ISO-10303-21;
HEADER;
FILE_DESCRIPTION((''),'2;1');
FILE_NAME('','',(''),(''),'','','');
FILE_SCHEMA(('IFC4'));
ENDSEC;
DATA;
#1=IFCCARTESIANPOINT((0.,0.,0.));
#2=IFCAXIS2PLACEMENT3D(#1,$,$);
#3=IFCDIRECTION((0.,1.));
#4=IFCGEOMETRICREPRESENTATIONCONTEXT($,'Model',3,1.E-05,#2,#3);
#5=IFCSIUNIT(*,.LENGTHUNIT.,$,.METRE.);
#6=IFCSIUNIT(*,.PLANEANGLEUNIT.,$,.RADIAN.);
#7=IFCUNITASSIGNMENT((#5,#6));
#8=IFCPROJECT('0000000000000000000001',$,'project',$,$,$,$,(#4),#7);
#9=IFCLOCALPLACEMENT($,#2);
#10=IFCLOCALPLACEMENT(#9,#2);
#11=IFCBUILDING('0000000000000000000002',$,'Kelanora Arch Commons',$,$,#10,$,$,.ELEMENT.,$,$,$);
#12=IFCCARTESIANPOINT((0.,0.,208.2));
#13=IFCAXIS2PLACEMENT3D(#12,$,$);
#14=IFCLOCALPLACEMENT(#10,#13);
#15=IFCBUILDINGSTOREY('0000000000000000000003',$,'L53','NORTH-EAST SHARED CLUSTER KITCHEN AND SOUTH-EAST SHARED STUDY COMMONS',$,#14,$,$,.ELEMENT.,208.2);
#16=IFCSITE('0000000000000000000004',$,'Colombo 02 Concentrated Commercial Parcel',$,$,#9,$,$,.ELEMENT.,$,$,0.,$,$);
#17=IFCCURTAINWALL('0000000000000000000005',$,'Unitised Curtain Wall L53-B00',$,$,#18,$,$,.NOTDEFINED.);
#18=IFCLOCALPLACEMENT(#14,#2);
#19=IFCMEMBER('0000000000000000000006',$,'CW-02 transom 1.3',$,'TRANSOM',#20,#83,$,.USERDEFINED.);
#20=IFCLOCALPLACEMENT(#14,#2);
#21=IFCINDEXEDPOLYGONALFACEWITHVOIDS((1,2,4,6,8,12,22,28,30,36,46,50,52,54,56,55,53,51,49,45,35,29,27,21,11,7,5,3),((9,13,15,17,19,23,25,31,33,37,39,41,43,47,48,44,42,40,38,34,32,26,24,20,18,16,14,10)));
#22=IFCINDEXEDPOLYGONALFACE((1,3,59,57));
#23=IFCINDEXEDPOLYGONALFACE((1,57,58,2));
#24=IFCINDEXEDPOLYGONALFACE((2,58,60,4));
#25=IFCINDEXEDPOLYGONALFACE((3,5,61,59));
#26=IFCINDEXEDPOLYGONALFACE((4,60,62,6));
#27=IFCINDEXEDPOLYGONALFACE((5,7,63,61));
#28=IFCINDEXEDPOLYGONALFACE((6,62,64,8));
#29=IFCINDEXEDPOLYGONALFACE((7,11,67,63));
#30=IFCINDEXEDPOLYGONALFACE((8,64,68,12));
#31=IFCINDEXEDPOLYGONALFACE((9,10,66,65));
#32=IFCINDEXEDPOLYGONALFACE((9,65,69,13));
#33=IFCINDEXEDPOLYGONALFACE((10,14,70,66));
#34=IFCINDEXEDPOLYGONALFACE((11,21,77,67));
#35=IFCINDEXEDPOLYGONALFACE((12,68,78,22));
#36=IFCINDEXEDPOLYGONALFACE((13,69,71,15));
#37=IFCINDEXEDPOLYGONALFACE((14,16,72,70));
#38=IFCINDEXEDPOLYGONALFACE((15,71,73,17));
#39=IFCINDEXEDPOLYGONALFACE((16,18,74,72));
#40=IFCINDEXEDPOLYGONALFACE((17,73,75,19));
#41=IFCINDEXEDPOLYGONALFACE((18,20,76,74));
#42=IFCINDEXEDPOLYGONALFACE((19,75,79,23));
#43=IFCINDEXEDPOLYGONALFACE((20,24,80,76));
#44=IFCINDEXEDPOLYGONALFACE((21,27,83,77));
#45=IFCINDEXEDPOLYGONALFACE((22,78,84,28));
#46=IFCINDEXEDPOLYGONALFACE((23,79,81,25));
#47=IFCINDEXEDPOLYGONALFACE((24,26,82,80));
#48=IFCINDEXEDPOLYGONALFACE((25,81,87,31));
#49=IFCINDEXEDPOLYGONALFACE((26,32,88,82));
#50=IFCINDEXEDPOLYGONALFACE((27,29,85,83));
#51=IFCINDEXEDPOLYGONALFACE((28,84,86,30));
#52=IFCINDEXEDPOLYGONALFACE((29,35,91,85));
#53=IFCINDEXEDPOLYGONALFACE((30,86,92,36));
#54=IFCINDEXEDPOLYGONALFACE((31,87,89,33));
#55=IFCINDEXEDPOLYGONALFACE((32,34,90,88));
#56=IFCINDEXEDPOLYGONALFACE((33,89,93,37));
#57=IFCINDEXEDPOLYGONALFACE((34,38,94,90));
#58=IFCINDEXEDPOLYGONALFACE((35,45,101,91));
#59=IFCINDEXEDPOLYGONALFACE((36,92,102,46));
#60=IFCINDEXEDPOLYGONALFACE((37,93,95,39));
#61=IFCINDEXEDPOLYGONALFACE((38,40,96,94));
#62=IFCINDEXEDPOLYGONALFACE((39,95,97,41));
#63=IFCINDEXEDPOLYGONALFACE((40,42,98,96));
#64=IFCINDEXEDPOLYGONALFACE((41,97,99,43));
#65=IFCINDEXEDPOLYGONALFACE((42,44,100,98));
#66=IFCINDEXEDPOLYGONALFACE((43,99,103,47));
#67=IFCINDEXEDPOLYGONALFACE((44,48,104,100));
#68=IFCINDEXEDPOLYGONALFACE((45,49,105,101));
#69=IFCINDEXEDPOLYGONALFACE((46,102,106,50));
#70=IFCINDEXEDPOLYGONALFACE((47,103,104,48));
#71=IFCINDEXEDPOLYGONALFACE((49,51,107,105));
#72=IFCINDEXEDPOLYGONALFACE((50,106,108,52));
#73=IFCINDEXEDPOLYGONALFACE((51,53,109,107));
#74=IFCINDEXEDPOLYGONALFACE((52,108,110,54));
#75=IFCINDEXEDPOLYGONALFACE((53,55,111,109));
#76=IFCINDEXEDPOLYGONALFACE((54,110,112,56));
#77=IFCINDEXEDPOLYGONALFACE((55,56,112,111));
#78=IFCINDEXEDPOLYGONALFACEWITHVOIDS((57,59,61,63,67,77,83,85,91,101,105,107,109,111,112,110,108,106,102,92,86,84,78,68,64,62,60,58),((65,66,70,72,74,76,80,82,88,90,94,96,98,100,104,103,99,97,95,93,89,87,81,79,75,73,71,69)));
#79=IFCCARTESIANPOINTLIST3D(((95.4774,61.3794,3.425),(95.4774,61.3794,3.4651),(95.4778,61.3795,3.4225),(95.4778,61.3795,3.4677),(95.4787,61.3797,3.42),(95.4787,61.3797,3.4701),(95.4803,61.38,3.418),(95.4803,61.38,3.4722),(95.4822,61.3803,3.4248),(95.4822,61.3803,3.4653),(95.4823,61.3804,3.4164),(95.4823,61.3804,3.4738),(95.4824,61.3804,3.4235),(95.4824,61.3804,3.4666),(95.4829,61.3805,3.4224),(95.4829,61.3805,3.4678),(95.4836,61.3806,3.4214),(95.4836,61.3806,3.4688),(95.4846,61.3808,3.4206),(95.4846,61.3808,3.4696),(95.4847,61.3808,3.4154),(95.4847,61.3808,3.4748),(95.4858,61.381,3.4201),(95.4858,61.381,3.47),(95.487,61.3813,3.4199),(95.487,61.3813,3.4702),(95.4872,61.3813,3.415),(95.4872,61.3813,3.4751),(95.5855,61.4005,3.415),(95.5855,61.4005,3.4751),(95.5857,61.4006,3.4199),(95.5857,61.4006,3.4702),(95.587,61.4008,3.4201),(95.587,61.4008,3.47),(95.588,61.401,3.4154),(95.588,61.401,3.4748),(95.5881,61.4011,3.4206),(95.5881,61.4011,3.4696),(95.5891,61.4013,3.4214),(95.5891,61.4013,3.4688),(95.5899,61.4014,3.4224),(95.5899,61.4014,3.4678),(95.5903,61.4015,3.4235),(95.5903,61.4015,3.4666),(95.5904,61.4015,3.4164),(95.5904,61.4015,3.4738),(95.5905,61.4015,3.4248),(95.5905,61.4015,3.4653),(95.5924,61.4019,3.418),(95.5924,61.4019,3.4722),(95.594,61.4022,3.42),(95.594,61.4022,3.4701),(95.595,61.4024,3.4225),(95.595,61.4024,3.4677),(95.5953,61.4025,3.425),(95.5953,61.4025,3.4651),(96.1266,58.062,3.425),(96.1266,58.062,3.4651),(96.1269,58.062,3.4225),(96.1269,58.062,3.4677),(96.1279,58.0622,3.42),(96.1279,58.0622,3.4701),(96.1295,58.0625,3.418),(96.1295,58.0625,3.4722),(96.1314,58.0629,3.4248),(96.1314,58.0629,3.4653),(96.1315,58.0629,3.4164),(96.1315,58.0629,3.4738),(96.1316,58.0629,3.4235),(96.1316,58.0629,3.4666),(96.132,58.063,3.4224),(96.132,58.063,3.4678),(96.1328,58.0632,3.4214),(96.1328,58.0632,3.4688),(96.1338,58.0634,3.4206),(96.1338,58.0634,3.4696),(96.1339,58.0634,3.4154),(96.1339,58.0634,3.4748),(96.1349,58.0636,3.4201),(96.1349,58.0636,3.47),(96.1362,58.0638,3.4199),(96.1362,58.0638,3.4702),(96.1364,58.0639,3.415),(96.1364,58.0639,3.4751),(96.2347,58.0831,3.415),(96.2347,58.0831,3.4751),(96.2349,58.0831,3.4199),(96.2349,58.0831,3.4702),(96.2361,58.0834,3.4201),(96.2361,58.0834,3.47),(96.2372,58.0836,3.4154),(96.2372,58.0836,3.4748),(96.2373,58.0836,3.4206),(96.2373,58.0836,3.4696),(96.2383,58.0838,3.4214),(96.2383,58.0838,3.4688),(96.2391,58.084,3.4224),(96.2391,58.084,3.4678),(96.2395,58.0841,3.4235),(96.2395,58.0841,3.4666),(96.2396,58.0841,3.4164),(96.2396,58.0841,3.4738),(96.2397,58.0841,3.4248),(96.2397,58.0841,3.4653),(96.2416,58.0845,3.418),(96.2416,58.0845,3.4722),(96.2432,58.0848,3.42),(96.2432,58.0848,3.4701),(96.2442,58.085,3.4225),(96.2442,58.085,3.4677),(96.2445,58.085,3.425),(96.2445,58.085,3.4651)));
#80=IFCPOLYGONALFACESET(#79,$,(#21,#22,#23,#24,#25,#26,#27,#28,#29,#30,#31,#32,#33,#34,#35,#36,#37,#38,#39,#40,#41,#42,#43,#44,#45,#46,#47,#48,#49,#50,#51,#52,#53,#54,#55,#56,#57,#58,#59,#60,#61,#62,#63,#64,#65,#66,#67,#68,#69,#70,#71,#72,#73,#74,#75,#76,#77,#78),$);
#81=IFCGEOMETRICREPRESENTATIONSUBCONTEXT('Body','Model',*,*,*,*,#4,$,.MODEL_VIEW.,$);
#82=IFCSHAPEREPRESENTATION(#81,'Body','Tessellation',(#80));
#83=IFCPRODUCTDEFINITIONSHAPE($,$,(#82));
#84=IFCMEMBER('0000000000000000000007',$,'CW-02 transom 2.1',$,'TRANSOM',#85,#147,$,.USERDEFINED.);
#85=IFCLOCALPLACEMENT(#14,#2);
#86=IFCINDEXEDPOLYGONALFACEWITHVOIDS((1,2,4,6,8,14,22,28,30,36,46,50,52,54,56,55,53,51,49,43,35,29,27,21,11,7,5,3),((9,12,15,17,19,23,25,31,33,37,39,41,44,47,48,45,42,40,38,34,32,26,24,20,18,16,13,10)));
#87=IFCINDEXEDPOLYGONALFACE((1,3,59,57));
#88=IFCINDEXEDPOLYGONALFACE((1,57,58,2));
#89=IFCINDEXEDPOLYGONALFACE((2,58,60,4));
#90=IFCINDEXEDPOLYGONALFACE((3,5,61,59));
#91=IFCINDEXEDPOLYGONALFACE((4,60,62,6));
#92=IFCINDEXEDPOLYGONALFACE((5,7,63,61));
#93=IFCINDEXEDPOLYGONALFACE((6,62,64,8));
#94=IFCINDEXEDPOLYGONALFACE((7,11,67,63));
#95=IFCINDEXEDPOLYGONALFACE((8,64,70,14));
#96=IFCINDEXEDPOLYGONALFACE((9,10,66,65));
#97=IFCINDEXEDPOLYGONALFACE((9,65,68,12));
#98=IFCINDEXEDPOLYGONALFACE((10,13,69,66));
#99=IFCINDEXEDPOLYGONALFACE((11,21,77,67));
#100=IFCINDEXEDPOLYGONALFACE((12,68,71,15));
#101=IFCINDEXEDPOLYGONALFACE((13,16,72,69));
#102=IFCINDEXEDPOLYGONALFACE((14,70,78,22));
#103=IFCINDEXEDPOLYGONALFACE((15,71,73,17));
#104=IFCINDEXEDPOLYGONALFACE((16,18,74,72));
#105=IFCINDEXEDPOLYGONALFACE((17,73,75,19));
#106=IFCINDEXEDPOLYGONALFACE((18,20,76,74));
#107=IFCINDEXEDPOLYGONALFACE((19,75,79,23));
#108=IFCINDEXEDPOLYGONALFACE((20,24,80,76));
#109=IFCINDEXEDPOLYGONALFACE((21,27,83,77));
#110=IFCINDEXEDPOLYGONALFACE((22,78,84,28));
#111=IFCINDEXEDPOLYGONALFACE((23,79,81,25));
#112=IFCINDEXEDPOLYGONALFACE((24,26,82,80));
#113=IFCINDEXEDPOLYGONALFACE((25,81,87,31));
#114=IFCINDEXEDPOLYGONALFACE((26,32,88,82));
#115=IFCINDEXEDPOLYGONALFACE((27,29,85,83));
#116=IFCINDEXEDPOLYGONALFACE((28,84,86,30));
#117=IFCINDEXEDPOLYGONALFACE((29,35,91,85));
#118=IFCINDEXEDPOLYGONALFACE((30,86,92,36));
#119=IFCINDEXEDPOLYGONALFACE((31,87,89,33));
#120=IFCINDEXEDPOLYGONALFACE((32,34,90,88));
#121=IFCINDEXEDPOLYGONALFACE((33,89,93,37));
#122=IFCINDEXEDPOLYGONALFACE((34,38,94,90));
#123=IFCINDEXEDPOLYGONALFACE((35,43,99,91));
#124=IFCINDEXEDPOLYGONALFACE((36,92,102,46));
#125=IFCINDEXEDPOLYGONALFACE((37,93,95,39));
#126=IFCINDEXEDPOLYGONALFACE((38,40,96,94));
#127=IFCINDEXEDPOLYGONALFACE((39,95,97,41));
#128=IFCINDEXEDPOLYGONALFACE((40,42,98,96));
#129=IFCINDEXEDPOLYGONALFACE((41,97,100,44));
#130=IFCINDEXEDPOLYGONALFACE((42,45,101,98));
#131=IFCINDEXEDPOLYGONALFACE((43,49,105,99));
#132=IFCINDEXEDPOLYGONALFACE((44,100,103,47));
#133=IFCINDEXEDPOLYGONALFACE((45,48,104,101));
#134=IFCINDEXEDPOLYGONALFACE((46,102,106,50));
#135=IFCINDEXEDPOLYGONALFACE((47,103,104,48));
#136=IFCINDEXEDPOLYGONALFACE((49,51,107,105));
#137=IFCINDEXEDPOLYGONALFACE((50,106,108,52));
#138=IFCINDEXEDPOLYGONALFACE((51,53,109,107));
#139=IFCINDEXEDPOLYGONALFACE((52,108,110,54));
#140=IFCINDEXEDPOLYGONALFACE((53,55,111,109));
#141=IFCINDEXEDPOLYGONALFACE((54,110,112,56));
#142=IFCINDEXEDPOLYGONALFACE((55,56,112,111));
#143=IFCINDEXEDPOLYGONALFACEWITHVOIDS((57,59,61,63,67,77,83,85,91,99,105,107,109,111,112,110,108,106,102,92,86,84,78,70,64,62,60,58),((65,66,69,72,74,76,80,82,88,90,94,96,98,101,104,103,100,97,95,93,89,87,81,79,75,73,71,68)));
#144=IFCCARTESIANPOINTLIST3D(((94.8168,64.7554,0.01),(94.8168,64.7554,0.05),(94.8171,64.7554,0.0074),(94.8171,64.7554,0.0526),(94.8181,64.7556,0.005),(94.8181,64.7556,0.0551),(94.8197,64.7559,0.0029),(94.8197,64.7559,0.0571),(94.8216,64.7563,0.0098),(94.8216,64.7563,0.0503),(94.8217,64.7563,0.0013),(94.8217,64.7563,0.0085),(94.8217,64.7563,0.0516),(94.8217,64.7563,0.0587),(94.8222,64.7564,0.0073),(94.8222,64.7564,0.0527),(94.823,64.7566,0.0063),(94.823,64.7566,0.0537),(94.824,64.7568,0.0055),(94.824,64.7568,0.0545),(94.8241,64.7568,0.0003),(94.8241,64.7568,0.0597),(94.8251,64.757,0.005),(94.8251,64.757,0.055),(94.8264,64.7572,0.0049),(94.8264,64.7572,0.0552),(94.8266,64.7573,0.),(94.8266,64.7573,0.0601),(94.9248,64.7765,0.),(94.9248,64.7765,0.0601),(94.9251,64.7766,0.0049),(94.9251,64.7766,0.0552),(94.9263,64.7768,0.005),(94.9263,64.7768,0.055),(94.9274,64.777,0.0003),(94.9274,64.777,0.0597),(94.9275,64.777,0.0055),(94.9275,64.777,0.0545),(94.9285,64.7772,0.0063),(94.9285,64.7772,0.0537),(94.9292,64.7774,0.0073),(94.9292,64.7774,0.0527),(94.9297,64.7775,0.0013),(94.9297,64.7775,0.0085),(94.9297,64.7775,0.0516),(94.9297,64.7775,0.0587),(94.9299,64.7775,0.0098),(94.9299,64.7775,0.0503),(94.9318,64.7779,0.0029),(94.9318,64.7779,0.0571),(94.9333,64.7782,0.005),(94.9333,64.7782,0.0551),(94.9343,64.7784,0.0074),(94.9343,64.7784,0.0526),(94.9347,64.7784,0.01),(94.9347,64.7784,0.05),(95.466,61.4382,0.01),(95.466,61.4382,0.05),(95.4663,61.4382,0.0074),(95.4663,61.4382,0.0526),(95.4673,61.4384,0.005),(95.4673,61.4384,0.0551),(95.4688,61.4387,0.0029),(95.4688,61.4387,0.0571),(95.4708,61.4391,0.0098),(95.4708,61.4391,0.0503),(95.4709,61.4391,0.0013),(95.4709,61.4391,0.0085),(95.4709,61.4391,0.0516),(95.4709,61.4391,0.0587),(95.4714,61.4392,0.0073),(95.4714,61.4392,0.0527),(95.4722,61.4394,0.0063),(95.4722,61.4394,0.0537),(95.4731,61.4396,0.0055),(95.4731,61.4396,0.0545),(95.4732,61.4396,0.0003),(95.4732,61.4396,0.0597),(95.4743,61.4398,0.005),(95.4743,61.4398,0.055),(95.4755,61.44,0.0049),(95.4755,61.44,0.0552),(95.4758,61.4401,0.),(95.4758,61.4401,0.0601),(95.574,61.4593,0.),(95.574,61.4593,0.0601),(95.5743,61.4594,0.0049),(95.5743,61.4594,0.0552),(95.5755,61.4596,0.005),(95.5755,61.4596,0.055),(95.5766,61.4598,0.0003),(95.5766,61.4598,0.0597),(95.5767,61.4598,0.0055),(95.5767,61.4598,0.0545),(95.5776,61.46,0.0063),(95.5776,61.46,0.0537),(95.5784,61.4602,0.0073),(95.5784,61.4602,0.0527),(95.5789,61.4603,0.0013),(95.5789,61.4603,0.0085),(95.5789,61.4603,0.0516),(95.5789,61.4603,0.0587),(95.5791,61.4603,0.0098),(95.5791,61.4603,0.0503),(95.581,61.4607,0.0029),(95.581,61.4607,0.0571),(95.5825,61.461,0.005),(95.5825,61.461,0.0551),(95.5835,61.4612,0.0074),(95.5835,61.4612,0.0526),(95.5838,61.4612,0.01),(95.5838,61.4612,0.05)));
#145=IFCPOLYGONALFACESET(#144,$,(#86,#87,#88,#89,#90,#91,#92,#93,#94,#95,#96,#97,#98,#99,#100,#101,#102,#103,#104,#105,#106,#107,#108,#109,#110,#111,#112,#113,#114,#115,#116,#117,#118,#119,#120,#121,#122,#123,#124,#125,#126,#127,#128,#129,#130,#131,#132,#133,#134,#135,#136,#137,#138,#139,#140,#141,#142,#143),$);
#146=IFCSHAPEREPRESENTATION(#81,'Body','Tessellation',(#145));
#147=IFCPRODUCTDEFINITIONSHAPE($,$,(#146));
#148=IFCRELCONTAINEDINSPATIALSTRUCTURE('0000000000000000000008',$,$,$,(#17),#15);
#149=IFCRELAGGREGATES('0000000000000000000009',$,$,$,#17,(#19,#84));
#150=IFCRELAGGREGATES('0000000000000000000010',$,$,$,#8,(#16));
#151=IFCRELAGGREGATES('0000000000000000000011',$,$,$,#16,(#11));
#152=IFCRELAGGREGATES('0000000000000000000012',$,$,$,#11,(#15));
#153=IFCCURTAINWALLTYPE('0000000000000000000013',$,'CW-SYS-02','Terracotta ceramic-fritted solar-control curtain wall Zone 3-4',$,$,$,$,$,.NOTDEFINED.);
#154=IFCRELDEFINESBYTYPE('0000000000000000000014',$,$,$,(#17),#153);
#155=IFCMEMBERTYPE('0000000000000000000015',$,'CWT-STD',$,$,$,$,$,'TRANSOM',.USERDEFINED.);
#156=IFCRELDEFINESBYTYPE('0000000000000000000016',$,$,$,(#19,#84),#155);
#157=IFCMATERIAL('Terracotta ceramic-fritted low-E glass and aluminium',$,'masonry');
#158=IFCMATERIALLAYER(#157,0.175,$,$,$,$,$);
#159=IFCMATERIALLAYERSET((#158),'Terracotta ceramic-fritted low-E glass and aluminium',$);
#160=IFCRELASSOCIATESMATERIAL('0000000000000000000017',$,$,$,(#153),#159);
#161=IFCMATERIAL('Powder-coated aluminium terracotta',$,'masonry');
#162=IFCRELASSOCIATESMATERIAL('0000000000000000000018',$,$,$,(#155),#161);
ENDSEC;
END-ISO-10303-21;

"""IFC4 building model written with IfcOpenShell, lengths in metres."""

from ifc_helpers import new_model, si_unit, direction, frame, origin, origin_2d, place, context, subcontext, project, spatial, hollow_rectangle, extrude, material, layer, layer_set, material_profile, profile_set, type_object, element, aggregate, save


model = new_model("IFC4")

# Units and contexts
model_context = context("Model", 3, precision=1e-05, world=origin(), true_north=direction((0.0, 1.0)))
body_context = subcontext(model_context, "Body", "Model", "MODEL_VIEW")
ifc_project = project(units=[si_unit("LENGTHUNIT", "METRE"), si_unit("PLANEANGLEUNIT", "RADIAN")], contexts=[model_context])

# Site, building, storey
site_placement = place(None, origin())
site = spatial("IfcSite", under=ifc_project, at=site_placement, Name="Colombo 02 Concentrated Commercial Parcel", CompositionType="ELEMENT", RefElevation=0.0)
building_placement = place(site_placement, origin())
building = spatial("IfcBuilding", under=site, at=building_placement, Name="Kelanora Arch Commons", CompositionType="ELEMENT")
storey_placement = place(building_placement, frame((0.0, 0.0, 208.2)))
storey = spatial("IfcBuildingStorey", under=building, at=storey_placement, Name="L53", Description="NORTH-EAST SHARED CLUSTER KITCHEN AND SOUTH-EAST SHARED STUDY COMMONS", CompositionType="ELEMENT", Elevation=208.2)

# Curtain wall, members
ifc_material_1 = material(Name="Terracotta ceramic-fritted low-E glass and aluminium", Category="masonry")
ifc_layer_1 = layer(ifc_material_1, 0.175)
ifc_layer_set_1 = layer_set([ifc_layer_1], Name="Terracotta ceramic-fritted low-E glass and aluminium")
curtain_wall_type = type_object("IfcCurtainWallType", Name="CW-SYS-02", Description="Terracotta ceramic-fritted solar-control curtain wall Zone 3-4", PredefinedType="NOTDEFINED", material=ifc_layer_set_1)
curtain_wall_placement = place(storey_placement, origin())
curtain_wall = element("IfcCurtainWall", 1, at=curtain_wall_placement, inside=storey, type_object=curtain_wall_type, Name="Unitised Curtain Wall L53-B00", PredefinedType="NOTDEFINED")
ifc_material_2 = material(Name="Powder-coated aluminium terracotta", Category="masonry")
ifc_material_profile_1 = material_profile(ifc_material_2, hollow_rectangle(XDim=0.1201, YDim=0.0601, WallThickness=0.0049, InnerFilletRadius=0.0049, OuterFilletRadius=0.01, at=origin_2d()), Name="CWT120x60")
ifc_profile_set_1 = profile_set([ifc_material_profile_1], Name="Powder-coated aluminium terracotta")
member_type_1 = type_object("IfcMemberType", Name="CWT-STD", ElementType="TRANSOM", PredefinedType="USERDEFINED", material=ifc_profile_set_1)
member_1_placement = place(storey_placement, frame((96.1855, 58.0735, 3.4451), z_axis=(-0.192045, 0.981386, 0.0), x_axis=(-0.981386, -0.192045, 0.0)))
member_1 = element("IfcMember", 2, at=member_1_placement, type_object=member_type_1, Name="CW-02 transom 1.3", ObjectType="TRANSOM", PredefinedType="USERDEFINED", context=body_context, shape_type="SweptSolid", body=[
    extrude(hollow_rectangle(XDim=0.1201, YDim=0.0601, WallThickness=0.0049, InnerFilletRadius=0.0049, OuterFilletRadius=0.01, at=origin_2d()), origin(), (0.0, 0.0, 1.0), 3.3804),
])
member_2_placement = place(storey_placement, frame((95.5249, 61.4497, 0.03), z_axis=(-0.192058, 0.981383, 0.0), x_axis=(-0.981383, -0.192058, 0.0)))
member_2 = element("IfcMember", 3, at=member_2_placement, type_object=member_type_1, Name="CW-02 transom 2.1", ObjectType="TRANSOM", PredefinedType="USERDEFINED", context=body_context, shape_type="SweptSolid", body=[
    extrude(hollow_rectangle(XDim=0.1201, YDim=0.0601, WallThickness=0.0049, InnerFilletRadius=0.0049, OuterFilletRadius=0.01, at=origin_2d()), origin(), (0.0, 0.0, 1.0), 3.3801),
])
aggregate(curtain_wall, [member_1, member_2])

save(model, "model.ifc")
